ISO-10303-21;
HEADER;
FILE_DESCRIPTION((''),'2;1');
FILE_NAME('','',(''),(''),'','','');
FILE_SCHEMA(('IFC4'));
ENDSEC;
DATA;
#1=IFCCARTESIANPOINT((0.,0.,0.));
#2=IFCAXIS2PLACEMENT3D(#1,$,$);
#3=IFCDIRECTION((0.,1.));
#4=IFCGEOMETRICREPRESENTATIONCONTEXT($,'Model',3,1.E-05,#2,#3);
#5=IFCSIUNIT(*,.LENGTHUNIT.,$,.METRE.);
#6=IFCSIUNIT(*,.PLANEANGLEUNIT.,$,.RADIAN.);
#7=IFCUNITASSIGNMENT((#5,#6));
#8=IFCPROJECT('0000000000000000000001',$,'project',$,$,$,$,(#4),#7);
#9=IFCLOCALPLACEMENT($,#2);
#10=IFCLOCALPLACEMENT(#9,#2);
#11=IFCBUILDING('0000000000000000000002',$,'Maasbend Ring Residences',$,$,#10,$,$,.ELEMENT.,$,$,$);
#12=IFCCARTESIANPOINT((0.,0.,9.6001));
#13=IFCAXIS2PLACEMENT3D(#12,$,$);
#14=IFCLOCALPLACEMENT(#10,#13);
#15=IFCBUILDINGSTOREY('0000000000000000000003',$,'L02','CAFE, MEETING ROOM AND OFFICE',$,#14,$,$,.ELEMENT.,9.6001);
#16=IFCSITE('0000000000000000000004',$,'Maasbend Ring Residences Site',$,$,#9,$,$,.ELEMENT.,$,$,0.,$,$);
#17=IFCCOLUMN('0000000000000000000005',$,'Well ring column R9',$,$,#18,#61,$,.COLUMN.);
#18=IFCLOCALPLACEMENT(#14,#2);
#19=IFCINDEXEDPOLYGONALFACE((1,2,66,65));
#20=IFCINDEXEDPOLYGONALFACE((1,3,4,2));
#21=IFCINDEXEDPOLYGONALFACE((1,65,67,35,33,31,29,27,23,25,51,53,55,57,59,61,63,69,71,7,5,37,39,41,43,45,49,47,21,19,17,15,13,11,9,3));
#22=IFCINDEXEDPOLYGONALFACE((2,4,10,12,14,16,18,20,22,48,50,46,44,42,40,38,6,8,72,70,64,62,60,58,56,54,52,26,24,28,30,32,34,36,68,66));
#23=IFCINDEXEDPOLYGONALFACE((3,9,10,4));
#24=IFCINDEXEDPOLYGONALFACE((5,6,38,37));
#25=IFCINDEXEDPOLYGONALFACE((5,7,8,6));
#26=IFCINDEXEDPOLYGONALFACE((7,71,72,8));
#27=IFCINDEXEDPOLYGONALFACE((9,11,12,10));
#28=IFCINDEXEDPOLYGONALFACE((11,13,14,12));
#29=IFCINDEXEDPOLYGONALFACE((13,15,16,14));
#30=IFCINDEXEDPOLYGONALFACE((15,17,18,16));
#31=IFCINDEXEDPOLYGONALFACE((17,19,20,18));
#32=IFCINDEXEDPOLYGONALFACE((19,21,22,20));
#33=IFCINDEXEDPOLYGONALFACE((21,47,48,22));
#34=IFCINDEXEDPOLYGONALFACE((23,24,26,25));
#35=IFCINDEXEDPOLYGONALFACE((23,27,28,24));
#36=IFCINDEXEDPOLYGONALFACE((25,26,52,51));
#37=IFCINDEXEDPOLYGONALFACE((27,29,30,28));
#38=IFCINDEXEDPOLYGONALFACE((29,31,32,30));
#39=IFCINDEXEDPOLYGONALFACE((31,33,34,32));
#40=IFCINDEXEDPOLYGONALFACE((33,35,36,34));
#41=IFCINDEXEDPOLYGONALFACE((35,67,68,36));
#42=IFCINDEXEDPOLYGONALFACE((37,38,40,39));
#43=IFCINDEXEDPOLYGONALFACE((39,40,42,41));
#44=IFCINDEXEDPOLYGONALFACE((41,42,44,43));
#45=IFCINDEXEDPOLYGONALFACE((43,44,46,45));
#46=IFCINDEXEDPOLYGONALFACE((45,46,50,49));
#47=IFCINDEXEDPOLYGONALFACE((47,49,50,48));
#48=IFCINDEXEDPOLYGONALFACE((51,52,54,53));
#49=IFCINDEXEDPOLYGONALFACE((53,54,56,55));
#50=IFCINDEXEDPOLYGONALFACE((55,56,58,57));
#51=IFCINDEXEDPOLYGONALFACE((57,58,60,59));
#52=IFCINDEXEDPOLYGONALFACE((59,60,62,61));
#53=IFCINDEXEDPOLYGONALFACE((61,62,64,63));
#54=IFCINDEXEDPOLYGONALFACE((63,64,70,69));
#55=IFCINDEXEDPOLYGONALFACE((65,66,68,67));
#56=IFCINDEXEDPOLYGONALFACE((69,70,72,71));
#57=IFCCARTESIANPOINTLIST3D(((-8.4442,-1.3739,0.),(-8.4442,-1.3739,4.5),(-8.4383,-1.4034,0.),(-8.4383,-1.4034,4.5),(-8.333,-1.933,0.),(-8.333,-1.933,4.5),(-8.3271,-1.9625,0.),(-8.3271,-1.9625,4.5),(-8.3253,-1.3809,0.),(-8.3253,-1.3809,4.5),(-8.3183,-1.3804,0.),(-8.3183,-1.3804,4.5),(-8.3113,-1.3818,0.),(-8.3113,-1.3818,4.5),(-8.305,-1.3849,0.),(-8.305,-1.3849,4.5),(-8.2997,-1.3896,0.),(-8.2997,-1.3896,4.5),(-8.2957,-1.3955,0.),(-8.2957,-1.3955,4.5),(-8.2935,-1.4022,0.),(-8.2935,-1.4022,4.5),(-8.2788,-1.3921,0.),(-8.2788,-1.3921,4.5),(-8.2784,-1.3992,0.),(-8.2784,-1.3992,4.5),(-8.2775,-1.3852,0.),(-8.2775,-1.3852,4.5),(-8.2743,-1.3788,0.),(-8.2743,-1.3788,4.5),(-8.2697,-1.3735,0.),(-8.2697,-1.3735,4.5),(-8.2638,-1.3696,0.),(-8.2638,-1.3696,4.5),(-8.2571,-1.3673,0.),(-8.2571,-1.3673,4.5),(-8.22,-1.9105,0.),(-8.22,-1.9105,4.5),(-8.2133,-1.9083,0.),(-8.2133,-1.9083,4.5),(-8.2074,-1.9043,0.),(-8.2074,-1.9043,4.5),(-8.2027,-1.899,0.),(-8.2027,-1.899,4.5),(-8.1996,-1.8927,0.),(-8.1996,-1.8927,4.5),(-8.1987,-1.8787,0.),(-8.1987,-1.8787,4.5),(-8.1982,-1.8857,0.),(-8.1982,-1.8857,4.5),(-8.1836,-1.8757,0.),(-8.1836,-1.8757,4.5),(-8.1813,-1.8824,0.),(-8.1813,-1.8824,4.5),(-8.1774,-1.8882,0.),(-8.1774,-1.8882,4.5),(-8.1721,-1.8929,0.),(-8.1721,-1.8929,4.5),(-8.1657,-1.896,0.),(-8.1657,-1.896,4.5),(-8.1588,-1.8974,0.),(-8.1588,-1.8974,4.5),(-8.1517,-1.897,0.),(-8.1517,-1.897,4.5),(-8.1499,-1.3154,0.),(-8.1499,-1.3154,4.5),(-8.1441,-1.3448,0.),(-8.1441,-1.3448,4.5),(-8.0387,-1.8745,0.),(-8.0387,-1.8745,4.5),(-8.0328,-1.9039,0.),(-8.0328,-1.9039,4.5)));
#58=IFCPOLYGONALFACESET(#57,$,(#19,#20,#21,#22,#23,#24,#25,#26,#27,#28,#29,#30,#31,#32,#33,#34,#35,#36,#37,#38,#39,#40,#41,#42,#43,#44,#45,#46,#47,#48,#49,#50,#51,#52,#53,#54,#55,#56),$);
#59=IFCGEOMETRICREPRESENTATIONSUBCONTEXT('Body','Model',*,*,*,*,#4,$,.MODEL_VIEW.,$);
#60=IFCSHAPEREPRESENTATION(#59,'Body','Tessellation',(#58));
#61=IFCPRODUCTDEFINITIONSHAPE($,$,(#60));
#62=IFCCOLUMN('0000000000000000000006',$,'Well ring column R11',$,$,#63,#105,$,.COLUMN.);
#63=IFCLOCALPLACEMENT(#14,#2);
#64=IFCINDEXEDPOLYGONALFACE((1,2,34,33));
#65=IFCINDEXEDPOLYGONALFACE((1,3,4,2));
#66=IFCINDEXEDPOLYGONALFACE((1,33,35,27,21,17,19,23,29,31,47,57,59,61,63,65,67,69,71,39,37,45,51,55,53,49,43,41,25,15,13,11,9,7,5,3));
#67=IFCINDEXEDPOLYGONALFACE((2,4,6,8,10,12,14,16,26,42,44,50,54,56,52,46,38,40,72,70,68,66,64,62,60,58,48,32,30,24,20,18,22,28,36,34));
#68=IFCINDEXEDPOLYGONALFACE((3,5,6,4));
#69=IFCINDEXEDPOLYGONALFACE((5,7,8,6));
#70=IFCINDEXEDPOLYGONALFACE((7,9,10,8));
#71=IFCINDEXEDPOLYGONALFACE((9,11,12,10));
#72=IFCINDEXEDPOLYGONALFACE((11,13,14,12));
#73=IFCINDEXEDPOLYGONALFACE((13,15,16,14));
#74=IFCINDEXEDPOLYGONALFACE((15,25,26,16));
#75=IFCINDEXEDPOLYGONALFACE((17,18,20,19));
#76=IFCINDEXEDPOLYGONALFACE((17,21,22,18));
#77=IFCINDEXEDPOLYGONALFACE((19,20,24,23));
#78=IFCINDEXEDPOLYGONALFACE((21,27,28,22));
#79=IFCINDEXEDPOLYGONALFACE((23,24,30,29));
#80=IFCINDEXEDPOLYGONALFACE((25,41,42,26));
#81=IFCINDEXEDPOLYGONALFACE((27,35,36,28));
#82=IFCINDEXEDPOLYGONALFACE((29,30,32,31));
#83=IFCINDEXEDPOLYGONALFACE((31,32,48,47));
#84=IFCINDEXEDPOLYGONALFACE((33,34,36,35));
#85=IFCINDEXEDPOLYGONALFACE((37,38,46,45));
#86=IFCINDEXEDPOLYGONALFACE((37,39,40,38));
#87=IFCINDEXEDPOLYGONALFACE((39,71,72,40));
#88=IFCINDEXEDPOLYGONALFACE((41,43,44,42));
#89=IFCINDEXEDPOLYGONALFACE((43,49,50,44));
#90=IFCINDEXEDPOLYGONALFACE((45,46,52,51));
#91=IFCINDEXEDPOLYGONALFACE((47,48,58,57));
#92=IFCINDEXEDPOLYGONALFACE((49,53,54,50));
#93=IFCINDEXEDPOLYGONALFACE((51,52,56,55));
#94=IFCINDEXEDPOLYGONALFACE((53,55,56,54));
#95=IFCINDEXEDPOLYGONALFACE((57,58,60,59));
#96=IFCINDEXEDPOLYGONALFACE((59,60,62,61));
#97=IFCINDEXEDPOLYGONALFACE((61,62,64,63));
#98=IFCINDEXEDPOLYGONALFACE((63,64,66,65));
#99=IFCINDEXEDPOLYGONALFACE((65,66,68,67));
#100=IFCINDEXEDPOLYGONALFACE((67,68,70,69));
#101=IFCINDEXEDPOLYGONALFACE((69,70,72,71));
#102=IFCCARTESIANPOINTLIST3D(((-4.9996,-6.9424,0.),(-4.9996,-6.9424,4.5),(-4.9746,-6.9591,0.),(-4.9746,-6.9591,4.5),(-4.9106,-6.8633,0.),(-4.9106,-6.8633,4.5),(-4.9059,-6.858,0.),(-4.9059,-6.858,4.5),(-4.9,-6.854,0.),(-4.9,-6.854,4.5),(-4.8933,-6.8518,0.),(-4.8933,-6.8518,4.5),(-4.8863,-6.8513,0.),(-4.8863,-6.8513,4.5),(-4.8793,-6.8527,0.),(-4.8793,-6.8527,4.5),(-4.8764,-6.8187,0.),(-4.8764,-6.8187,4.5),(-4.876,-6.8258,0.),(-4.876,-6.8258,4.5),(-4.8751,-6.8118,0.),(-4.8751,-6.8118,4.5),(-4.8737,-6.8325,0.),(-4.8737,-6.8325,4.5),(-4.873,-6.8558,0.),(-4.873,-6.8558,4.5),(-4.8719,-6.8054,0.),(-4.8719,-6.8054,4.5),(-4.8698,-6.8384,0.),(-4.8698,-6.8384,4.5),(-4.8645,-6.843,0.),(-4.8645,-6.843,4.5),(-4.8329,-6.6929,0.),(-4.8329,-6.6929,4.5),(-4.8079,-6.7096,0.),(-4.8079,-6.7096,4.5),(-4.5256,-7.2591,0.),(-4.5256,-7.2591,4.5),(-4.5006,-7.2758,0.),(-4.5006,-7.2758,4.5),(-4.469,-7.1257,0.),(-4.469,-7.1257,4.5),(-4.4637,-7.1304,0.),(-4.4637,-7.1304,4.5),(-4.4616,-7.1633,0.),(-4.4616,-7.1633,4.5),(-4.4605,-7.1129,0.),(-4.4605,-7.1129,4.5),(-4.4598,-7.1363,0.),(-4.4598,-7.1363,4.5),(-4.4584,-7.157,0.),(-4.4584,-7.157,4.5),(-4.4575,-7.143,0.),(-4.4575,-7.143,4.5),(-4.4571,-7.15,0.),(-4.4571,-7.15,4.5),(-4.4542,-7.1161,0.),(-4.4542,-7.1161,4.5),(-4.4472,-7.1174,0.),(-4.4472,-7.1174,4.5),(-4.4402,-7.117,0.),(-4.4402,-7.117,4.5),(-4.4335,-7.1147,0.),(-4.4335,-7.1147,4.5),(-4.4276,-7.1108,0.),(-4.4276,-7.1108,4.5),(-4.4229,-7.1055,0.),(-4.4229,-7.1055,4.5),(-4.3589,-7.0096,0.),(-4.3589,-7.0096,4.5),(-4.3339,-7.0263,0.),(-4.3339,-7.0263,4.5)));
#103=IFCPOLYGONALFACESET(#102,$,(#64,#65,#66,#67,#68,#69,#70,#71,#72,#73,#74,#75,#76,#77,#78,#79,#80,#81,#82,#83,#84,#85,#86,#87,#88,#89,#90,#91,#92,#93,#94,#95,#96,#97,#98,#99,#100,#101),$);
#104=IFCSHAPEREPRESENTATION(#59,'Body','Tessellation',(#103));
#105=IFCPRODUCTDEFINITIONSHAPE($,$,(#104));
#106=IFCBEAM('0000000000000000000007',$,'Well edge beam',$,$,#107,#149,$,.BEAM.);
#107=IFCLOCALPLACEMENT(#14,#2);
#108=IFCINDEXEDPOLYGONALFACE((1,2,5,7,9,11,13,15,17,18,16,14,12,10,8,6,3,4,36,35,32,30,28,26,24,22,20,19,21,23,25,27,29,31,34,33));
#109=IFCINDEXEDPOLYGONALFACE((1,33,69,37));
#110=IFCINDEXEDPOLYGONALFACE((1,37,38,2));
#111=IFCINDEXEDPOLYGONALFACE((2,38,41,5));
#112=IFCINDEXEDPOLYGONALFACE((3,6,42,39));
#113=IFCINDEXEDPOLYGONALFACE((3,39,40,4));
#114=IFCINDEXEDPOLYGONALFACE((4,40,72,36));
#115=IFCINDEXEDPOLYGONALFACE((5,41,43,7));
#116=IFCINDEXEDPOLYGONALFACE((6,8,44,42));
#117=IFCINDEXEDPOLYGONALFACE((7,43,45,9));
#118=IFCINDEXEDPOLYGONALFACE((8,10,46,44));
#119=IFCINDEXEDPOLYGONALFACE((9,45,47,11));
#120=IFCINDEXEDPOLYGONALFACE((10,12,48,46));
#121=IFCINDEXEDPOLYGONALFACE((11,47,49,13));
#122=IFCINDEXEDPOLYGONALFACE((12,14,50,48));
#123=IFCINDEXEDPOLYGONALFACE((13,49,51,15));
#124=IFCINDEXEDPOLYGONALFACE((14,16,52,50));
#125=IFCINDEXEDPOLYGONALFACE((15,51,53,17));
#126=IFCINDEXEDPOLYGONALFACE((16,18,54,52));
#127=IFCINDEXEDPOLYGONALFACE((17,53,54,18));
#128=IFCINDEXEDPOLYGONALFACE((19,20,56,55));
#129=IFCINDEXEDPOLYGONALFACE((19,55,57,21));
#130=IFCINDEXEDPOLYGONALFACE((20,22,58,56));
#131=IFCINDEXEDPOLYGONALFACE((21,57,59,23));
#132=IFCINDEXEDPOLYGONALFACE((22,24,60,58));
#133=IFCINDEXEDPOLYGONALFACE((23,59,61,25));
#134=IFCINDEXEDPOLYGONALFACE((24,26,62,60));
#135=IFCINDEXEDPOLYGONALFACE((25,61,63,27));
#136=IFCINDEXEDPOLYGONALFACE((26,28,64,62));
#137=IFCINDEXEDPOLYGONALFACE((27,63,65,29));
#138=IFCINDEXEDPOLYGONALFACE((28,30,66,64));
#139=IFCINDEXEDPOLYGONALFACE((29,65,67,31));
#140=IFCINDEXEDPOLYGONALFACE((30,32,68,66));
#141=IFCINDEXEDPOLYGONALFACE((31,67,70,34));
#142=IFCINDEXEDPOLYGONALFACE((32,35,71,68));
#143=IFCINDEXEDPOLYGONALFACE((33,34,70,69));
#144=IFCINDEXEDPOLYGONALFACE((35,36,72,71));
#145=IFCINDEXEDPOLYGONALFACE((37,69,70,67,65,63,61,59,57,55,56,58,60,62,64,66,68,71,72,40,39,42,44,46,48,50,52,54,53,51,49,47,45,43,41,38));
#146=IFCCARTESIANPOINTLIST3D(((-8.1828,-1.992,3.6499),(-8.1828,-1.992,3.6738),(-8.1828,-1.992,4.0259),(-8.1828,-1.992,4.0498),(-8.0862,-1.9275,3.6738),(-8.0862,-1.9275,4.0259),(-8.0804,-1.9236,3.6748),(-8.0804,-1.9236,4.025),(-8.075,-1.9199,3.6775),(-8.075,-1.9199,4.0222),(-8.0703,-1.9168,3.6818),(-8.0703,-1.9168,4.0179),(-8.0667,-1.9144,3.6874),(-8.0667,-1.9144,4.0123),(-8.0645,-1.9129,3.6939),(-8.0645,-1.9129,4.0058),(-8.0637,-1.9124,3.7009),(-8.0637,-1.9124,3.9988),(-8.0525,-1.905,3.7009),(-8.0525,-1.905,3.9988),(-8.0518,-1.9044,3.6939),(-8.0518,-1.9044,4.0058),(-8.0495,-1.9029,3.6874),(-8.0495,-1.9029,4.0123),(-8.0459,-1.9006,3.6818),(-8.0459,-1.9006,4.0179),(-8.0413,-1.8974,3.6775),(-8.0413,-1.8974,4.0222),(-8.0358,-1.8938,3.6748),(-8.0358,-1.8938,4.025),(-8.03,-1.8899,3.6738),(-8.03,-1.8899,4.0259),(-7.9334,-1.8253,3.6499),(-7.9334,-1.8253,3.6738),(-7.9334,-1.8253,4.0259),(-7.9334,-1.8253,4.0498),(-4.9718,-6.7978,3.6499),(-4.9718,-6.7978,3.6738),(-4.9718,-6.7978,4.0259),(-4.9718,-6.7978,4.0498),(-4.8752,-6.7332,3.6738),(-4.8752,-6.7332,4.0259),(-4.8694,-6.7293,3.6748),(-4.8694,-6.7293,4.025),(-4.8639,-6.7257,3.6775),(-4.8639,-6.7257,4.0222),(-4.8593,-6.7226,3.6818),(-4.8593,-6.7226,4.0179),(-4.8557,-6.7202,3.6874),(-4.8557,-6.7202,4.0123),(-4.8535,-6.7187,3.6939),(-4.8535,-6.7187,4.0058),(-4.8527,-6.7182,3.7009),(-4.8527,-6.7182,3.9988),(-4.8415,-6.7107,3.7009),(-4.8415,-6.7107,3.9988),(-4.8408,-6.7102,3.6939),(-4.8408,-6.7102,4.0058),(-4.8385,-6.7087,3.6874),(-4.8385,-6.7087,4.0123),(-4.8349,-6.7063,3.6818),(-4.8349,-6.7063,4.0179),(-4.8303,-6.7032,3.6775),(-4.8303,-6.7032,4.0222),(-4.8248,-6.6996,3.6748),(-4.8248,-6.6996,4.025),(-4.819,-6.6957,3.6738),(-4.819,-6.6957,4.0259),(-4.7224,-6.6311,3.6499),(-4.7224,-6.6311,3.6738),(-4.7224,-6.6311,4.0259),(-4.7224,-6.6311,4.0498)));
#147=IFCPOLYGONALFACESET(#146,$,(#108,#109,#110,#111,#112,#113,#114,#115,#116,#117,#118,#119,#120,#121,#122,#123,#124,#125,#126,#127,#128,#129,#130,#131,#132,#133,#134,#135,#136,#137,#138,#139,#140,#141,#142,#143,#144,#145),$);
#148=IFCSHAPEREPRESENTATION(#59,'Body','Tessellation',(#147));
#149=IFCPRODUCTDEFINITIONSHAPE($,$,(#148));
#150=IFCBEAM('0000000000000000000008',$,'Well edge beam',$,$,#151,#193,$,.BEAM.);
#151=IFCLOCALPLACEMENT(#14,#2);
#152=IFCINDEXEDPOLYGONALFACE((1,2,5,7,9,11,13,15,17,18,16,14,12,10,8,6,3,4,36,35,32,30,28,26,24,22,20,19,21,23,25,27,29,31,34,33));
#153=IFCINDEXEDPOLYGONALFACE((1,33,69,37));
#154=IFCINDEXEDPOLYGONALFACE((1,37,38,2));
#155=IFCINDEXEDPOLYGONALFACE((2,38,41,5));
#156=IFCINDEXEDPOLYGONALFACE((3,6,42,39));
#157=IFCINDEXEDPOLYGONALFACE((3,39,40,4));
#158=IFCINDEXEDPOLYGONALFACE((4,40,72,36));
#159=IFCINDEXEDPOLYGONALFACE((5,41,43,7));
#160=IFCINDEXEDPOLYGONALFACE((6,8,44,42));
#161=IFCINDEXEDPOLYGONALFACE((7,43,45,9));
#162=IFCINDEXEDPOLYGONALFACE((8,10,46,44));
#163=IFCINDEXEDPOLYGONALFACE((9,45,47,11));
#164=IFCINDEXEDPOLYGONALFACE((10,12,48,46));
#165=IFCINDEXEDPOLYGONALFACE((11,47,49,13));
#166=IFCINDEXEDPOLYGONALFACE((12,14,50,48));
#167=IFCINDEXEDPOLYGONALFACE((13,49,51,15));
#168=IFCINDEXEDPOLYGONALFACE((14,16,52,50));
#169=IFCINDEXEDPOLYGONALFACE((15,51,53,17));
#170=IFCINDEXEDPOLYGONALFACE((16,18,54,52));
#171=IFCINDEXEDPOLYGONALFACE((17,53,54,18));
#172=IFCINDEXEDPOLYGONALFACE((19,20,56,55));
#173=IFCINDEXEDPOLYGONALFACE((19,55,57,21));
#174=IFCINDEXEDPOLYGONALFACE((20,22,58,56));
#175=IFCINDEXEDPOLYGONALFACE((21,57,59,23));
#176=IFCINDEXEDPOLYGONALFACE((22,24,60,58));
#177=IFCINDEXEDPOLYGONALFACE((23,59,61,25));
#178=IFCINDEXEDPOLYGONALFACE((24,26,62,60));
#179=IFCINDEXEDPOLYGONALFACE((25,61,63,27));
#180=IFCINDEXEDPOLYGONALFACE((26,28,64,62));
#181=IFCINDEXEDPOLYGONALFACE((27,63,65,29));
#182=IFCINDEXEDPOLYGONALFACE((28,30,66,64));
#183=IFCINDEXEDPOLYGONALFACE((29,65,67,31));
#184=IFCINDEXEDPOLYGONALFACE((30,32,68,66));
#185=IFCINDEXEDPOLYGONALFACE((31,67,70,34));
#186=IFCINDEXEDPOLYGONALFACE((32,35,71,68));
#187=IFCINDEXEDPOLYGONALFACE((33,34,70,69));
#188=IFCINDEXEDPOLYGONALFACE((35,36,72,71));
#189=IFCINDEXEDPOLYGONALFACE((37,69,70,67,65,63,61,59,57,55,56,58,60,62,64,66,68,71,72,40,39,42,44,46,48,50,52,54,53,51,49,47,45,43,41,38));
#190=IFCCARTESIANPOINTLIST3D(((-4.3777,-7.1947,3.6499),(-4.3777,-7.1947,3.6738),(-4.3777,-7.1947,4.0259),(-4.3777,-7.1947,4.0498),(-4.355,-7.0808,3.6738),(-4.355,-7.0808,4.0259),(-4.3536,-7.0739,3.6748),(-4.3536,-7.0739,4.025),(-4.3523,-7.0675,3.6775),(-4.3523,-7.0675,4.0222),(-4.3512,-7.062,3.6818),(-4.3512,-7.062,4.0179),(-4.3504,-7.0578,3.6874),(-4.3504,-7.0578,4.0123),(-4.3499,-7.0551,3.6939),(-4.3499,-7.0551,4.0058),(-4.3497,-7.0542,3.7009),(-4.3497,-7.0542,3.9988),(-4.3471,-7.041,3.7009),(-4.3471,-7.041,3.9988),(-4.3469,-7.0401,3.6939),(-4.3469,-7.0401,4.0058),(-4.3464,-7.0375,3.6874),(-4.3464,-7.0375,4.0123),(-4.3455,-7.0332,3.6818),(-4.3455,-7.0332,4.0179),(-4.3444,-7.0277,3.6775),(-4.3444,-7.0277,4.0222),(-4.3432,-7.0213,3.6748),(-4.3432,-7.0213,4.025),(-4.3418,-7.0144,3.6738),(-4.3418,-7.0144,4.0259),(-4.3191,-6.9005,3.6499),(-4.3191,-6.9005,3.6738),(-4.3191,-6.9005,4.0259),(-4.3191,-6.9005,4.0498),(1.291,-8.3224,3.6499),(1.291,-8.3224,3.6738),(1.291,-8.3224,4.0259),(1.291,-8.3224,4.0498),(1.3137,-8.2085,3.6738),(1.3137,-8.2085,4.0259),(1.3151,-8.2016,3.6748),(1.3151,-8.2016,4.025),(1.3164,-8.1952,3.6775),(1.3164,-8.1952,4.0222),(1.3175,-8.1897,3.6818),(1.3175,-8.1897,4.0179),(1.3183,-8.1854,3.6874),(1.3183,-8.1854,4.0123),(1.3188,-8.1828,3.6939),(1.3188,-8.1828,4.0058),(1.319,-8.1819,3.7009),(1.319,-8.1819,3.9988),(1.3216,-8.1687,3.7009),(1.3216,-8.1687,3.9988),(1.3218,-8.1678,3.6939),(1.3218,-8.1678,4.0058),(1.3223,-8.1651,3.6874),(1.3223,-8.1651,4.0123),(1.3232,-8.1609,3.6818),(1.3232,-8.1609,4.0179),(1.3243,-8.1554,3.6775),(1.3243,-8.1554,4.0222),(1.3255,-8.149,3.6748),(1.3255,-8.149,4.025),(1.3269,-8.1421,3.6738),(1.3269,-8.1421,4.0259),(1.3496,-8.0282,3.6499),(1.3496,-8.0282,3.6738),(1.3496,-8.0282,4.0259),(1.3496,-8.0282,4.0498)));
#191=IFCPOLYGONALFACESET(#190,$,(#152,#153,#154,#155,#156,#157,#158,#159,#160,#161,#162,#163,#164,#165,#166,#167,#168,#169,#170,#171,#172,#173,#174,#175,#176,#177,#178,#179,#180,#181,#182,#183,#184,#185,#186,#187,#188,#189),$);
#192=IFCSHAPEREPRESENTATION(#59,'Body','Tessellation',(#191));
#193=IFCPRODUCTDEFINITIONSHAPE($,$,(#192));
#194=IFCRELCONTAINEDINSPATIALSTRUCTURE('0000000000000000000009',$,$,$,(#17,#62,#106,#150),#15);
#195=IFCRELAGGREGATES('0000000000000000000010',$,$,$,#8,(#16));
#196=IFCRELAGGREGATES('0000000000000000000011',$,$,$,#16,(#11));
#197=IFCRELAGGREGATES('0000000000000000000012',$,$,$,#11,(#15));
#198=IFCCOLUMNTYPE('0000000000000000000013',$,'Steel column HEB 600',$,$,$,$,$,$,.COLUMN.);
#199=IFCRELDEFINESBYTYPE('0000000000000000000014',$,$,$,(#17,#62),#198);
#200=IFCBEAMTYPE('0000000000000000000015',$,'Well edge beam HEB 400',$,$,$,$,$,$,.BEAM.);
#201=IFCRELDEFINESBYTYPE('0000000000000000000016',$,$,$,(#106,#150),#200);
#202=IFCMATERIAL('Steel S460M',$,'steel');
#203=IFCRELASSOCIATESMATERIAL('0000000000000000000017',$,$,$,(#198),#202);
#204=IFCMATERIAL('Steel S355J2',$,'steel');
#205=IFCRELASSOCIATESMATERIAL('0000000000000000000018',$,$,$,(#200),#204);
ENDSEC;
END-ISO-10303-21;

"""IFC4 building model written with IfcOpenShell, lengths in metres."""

from ifc_helpers import new_model, si_unit, direction, frame, origin, origin_2d, place, context, subcontext, project, spatial, i_section, extrude, material, material_profile, profile_set, type_object, element, save


model = new_model("IFC4")

# Units and contexts
model_context = context("Model", 3, precision=1e-05, world=origin(), true_north=direction((0.0, 1.0)))
body_context = subcontext(model_context, "Body", "Model", "MODEL_VIEW")
ifc_project = project(units=[si_unit("LENGTHUNIT", "METRE"), si_unit("PLANEANGLEUNIT", "RADIAN")], contexts=[model_context])

# Site, building, storey
site_placement = place(None, origin())
site = spatial("IfcSite", under=ifc_project, at=site_placement, Name="Maasbend Ring Residences Site", CompositionType="ELEMENT", RefElevation=0.0)
building_placement = place(site_placement, origin())
building = spatial("IfcBuilding", under=site, at=building_placement, Name="Maasbend Ring Residences", CompositionType="ELEMENT")
storey_placement = place(building_placement, frame((0.0, 0.0, 9.6001)))
storey = spatial("IfcBuildingStorey", under=building, at=storey_placement, Name="L02", Description="CAFE, MEETING ROOM AND OFFICE", CompositionType="ELEMENT", Elevation=9.6001)

# Columns
ifc_material_1 = material(Name="Steel S460M", Category="steel")
ifc_material_profile_1 = material_profile(ifc_material_1, i_section(OverallWidth=0.3, OverallDepth=0.6001, WebThickness=0.0154, FlangeThickness=0.03, FilletRadius=0.0271, at=origin_2d()), Name="HEB 600")
ifc_profile_set_1 = profile_set([ifc_material_profile_1], Name="Steel S460M")
column_type = type_object("IfcColumnType", Name="Steel column HEB 600", PredefinedType="COLUMN", material=ifc_profile_set_1)
for number, where, z_axis, x_axis, name in (
    (1, (-8.2385, -1.6389, 0.0), (0.0, 0.0, 1.0), (-0.980785, -0.19509, 0.0), "Well ring column R9"),
    (2, (-4.6667, -6.9844, 0.0), (0.0, 0.0, 1.0), (-0.55557, -0.83147, 0.0), "Well ring column R11"),
):
    element("IfcColumn", number, at=place(storey_placement, frame(where, z_axis=z_axis, x_axis=x_axis)), inside=storey, type_object=column_type, Name=name, PredefinedType="COLUMN", context=body_context, shape_type="SweptSolid", body=[
        extrude(i_section(OverallWidth=0.3, OverallDepth=0.6001, WebThickness=0.0154, FlangeThickness=0.03, FilletRadius=0.0271, at=origin_2d()), origin(), (0.0, 0.0, 1.0), 4.5),
    ])

# Beams
ifc_material_2 = material(Name="Steel S355J2", Category="steel")
ifc_material_profile_2 = material_profile(ifc_material_2, i_section(OverallWidth=0.3, OverallDepth=0.3999, WebThickness=0.0134, FlangeThickness=0.0239, FilletRadius=0.0271, at=origin_2d()), Name="HEB 400")
ifc_profile_set_2 = profile_set([ifc_material_profile_2], Name="Steel S355J2")
beam_type = type_object("IfcBeamType", Name="Well edge beam HEB 400", PredefinedType="BEAM", material=ifc_profile_set_2)
for number, where, z_axis, x_axis, name in (
    (3, (-8.0581, -1.9087, 3.8499), (0.555558, -0.831478, 0.0), (0.831478, 0.555558, 0.0), "Well edge beam"),
    (4, (-4.3484, -7.0476, 3.8499), (0.980782, -0.195109, 0.0), (0.195109, 0.980782, 0.0), "Well edge beam"),
):
    element("IfcBeam", number, at=place(storey_placement, frame(where, z_axis=z_axis, x_axis=x_axis)), inside=storey, type_object=beam_type, Name=name, PredefinedType="BEAM", context=body_context, shape_type="SweptSolid", body=[
        extrude(i_section(OverallWidth=0.3, OverallDepth=0.3999, WebThickness=0.0134, FlangeThickness=0.0239, FilletRadius=0.0271, at=origin_2d()), origin(), (0.0, 0.0, 1.0), 5.7798),
    ])

save(model, "model.ifc")
